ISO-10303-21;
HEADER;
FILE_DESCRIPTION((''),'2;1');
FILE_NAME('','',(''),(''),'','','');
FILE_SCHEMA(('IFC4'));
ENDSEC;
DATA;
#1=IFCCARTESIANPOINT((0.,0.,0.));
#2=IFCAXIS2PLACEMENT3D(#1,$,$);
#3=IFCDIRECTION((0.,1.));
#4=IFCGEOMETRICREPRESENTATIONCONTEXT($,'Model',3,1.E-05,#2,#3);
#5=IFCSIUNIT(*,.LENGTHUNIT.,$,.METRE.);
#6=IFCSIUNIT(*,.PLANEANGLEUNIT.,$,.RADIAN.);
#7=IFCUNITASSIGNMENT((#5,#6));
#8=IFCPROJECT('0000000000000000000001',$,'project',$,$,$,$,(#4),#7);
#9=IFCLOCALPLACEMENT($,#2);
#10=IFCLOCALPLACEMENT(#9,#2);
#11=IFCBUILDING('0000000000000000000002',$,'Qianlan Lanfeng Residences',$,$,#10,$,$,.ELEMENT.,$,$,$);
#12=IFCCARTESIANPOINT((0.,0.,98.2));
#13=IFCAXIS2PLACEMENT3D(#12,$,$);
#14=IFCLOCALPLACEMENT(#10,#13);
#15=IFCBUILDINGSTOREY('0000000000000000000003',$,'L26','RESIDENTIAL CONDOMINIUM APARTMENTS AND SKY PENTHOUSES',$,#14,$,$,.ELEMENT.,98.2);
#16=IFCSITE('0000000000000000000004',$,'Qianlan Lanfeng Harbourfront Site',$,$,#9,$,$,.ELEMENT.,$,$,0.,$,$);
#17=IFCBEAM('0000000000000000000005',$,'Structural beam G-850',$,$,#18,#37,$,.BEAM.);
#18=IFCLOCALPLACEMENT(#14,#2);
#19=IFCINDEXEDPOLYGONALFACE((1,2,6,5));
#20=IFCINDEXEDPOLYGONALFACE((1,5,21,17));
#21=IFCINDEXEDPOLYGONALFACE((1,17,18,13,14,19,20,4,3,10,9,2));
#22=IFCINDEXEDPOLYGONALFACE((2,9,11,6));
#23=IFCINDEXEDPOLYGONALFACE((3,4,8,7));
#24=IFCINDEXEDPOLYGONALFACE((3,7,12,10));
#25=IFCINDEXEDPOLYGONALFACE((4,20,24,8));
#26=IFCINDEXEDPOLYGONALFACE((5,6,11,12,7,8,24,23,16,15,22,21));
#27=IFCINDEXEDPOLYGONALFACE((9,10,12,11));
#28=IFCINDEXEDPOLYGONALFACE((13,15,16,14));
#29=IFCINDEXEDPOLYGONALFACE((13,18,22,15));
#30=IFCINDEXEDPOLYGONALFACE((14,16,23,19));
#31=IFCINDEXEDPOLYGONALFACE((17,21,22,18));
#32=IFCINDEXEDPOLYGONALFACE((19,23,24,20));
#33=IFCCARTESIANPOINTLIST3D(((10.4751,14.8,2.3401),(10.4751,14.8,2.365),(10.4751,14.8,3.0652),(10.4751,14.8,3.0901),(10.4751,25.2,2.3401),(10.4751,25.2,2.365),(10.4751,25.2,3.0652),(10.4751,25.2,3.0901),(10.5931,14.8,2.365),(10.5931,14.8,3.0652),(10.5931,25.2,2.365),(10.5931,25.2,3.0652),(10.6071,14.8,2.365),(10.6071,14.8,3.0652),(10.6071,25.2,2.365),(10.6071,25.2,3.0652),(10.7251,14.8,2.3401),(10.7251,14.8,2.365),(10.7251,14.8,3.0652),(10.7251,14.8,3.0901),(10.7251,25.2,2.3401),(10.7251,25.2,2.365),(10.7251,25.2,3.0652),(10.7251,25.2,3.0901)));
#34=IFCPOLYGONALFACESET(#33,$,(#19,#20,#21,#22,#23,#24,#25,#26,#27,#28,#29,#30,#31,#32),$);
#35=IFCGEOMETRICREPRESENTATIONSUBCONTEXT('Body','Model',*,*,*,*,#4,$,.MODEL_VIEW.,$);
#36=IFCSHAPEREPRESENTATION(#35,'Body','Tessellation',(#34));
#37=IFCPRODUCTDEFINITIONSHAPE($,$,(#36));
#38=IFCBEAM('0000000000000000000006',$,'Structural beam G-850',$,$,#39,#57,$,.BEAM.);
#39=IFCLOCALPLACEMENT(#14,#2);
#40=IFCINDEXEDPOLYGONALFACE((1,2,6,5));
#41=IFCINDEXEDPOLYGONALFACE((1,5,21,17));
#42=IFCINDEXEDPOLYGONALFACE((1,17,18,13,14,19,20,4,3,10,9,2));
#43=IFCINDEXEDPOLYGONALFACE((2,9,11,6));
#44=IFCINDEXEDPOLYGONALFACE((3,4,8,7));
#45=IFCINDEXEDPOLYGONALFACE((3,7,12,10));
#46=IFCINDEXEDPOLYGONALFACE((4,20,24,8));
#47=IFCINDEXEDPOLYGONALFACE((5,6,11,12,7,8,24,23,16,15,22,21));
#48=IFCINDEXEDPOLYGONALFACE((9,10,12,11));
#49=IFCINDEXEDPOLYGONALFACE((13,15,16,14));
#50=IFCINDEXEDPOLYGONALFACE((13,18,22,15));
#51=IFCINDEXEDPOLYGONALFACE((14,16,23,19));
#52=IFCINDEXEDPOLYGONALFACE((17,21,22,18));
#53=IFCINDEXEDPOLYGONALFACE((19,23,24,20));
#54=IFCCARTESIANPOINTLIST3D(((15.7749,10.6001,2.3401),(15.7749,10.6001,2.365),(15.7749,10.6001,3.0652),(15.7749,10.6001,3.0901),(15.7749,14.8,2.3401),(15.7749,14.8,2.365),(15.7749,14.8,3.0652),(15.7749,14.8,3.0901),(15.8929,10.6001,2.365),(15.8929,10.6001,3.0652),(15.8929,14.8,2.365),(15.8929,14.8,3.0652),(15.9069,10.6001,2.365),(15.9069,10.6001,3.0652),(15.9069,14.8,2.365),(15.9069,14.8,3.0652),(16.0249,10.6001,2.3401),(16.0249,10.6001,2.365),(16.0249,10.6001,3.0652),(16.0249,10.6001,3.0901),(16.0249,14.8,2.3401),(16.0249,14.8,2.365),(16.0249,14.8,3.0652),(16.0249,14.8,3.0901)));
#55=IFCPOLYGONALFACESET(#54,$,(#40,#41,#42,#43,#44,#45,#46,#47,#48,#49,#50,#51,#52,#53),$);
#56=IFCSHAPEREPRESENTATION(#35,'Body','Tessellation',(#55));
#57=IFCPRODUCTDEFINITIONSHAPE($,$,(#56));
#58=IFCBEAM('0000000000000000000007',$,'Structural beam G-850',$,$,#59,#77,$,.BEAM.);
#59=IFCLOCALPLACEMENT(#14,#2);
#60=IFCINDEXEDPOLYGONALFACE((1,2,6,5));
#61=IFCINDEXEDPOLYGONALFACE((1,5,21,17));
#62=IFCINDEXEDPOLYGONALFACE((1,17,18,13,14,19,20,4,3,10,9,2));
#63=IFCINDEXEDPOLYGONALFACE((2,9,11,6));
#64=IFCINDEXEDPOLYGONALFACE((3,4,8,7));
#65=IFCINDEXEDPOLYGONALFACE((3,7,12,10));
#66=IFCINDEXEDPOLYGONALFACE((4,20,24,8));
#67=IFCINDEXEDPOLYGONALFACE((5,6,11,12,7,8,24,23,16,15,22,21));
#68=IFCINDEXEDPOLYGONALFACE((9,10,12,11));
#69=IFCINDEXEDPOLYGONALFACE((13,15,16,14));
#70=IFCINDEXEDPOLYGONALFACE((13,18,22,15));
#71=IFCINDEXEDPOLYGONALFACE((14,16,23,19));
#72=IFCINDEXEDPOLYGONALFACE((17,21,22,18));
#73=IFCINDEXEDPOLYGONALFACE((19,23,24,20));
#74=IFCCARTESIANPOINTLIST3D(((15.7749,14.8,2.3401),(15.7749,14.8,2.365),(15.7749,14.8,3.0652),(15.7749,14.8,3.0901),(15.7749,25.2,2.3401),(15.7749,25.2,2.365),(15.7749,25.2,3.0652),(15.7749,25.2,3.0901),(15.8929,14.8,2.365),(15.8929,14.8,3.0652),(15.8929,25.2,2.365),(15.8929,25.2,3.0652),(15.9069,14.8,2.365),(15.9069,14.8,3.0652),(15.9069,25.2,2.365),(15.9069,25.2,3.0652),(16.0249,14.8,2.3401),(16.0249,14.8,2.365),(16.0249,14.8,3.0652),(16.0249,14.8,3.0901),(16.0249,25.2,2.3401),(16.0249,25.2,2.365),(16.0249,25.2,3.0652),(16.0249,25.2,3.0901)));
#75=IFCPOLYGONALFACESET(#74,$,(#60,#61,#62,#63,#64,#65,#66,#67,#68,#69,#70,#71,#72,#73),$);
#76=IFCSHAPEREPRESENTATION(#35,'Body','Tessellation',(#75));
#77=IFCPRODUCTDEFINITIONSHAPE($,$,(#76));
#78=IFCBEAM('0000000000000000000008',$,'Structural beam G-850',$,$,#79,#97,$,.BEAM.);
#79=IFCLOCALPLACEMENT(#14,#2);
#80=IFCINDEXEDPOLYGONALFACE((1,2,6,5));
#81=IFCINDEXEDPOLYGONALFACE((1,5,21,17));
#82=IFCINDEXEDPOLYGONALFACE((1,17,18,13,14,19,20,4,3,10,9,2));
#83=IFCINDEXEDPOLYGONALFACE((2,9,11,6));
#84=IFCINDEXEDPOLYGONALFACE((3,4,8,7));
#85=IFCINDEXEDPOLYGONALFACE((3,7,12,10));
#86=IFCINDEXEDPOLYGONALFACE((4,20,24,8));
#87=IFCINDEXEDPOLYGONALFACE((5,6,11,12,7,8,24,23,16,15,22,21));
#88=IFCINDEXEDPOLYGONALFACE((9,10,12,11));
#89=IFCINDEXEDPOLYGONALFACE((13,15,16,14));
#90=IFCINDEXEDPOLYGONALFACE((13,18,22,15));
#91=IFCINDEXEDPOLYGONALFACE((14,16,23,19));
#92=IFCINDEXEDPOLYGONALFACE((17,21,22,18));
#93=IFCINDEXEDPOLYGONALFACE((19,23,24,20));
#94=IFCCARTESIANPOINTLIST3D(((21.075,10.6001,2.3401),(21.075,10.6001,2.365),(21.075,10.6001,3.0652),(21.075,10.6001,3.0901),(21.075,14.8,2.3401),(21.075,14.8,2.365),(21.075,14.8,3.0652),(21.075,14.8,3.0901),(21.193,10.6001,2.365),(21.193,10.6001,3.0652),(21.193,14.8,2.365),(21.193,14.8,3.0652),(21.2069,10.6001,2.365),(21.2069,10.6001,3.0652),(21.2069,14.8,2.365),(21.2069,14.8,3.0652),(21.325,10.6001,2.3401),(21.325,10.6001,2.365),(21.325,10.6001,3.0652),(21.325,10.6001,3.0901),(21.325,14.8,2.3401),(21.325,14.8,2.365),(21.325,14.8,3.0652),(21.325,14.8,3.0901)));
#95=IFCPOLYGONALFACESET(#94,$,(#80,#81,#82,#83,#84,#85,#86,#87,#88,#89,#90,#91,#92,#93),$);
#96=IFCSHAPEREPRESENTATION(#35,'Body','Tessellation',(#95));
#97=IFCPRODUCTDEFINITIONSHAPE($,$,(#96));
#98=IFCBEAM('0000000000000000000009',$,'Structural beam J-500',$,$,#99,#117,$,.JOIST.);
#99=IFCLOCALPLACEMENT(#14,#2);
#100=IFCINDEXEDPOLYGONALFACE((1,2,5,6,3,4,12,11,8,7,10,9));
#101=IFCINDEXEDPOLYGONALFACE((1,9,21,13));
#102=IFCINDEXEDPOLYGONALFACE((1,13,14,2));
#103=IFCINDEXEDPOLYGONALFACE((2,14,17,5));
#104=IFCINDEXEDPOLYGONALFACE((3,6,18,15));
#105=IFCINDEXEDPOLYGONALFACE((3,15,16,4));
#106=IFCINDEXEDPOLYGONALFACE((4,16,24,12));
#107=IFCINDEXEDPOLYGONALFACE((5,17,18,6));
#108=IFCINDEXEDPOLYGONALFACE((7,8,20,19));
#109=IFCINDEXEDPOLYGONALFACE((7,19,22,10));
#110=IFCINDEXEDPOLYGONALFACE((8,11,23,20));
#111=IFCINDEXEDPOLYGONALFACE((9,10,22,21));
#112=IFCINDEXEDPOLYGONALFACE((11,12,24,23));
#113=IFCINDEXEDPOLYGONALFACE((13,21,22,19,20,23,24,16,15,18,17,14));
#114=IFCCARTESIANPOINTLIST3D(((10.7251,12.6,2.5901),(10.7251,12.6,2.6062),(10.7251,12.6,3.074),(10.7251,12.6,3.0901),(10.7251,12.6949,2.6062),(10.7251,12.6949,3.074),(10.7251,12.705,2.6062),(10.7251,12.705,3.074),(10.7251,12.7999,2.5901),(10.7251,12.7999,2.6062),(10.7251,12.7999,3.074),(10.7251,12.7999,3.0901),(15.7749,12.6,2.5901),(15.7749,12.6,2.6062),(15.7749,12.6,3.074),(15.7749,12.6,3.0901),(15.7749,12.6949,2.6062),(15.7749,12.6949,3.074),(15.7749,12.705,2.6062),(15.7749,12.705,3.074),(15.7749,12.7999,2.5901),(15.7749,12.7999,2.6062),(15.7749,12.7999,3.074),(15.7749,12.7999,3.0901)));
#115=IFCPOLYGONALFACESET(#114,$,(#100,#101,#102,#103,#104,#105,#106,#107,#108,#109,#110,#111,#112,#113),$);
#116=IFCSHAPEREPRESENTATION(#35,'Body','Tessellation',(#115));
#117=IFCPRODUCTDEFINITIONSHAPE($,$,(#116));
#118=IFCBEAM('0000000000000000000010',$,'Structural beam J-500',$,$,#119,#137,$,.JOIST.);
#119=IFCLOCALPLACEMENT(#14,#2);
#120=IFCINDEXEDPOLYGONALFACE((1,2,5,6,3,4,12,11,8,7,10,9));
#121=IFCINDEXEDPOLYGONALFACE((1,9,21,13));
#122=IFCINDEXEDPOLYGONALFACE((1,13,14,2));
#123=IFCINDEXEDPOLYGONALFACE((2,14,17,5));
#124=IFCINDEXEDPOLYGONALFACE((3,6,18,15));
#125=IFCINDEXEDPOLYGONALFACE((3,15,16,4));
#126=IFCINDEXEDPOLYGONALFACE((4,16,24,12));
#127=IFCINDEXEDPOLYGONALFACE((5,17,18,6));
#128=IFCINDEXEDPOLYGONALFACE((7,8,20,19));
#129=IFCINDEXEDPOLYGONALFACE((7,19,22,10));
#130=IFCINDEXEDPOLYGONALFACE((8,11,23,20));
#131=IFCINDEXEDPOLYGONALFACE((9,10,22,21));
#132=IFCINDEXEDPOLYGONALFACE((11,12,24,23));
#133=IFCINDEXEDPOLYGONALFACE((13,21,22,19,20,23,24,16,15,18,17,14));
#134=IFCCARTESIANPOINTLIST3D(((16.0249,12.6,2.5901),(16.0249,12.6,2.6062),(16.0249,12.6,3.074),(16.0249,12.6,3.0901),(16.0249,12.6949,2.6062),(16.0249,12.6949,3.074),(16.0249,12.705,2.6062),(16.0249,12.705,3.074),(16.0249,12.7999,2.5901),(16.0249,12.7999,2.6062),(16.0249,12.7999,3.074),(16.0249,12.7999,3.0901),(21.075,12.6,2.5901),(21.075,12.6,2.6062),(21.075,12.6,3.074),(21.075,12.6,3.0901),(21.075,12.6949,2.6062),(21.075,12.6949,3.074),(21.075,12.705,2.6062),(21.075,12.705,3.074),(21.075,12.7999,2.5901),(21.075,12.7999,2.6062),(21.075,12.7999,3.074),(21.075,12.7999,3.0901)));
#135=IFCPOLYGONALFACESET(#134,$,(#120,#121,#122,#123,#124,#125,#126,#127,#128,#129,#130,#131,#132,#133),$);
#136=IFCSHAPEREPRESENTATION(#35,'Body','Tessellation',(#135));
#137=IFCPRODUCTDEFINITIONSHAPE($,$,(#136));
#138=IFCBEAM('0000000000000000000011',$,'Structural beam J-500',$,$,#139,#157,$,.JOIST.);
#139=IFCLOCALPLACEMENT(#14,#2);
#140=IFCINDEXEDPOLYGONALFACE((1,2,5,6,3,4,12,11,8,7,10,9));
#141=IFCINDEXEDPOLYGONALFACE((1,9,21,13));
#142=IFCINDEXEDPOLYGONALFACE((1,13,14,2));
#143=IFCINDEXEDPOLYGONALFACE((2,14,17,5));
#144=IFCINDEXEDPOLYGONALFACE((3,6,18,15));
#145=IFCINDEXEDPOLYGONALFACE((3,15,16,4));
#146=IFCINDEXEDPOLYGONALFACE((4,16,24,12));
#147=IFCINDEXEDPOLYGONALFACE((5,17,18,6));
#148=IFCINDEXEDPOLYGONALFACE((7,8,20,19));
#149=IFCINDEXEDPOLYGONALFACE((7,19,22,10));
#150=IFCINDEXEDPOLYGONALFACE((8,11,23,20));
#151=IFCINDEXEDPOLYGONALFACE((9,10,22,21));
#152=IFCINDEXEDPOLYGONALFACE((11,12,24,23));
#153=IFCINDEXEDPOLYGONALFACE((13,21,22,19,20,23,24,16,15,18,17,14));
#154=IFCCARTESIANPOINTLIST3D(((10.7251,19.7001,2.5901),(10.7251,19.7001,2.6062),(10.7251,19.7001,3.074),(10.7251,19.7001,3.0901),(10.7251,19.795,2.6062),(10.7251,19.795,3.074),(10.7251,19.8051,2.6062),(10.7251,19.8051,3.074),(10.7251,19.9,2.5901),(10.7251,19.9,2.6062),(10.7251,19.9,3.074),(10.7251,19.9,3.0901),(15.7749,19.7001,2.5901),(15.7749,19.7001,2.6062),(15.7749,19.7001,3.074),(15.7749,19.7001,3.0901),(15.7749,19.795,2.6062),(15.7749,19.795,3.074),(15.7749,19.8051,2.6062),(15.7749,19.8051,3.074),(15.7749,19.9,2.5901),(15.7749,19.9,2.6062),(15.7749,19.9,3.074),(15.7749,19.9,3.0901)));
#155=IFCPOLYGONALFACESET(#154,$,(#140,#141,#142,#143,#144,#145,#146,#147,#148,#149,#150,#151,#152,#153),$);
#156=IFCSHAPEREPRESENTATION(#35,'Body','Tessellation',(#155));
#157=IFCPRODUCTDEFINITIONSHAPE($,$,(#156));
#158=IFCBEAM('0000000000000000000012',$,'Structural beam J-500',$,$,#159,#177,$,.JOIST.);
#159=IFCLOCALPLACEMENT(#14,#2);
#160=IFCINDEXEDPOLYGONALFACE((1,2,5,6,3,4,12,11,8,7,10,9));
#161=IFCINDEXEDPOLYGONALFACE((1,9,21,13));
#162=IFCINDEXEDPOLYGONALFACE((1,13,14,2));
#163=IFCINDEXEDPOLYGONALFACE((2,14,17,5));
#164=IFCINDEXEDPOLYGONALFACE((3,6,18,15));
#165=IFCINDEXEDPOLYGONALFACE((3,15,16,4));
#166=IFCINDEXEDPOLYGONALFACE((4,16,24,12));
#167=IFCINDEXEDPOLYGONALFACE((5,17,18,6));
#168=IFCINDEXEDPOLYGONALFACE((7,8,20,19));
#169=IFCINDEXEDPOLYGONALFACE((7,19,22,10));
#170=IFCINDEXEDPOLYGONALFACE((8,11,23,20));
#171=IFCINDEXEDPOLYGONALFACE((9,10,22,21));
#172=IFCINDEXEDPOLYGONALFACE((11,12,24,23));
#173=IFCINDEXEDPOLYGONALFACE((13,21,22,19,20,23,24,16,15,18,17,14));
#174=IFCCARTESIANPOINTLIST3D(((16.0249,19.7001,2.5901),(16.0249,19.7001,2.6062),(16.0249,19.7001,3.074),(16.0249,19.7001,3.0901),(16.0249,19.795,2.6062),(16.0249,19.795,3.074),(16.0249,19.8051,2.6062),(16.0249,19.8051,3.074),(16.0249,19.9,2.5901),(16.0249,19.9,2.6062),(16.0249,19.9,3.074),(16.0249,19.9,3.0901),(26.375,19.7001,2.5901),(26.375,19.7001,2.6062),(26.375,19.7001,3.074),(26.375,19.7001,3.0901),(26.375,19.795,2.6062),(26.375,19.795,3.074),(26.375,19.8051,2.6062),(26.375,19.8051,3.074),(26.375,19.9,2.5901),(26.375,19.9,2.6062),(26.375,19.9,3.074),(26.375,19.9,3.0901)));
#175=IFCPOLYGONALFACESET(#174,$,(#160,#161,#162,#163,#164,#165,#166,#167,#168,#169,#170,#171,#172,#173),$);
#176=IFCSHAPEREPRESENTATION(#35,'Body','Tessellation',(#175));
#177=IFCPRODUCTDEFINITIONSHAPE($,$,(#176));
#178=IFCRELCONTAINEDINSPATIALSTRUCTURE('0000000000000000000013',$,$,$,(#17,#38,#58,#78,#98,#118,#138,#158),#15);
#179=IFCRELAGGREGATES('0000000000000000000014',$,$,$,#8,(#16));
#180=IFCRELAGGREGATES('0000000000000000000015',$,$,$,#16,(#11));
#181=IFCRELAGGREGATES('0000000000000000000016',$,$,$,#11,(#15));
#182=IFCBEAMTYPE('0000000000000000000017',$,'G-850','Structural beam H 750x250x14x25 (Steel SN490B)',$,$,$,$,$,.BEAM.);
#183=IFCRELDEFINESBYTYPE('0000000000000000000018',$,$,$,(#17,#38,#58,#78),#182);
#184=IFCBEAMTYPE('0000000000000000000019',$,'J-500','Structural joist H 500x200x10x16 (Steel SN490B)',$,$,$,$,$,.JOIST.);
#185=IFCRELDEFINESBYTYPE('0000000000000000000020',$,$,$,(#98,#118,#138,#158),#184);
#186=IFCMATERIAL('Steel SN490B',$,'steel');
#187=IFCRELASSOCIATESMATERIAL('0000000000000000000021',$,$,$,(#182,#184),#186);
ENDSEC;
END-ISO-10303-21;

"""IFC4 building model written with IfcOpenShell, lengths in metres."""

from ifc_helpers import new_model, si_unit, direction, frame, origin, origin_2d, place, context, subcontext, project, spatial, i_section, extrude, material, material_profile, profile_set, type_object, element, save


model = new_model("IFC4")

# Units and contexts
model_context = context("Model", 3, precision=1e-05, world=origin(), true_north=direction((0.0, 1.0)))
body_context = subcontext(model_context, "Body", "Model", "MODEL_VIEW")
ifc_project = project(units=[si_unit("LENGTHUNIT", "METRE"), si_unit("PLANEANGLEUNIT", "RADIAN")], contexts=[model_context])

# Site, building, storey
site_placement = place(None, origin())
site = spatial("IfcSite", under=ifc_project, at=site_placement, Name="Qianlan Lanfeng Harbourfront Site", CompositionType="ELEMENT", RefElevation=0.0)
building_placement = place(site_placement, origin())
building = spatial("IfcBuilding", under=site, at=building_placement, Name="Qianlan Lanfeng Residences", CompositionType="ELEMENT")
storey_placement = place(building_placement, frame((0.0, 0.0, 98.2)))
storey = spatial("IfcBuildingStorey", under=building, at=storey_placement, Name="L26", Description="RESIDENTIAL CONDOMINIUM APARTMENTS AND SKY PENTHOUSES", CompositionType="ELEMENT", Elevation=98.2)

# Shared definitions
ifc_material_1 = material(Name="Steel SN490B", Category="steel")

# Beams
ifc_material_profile_1 = material_profile(ifc_material_1, i_section(OverallWidth=0.25, OverallDepth=0.75, WebThickness=0.0139, FlangeThickness=0.0249, at=origin_2d()), Name="H 750x250x14x25")
ifc_profile_set_1 = profile_set([ifc_material_profile_1], Name="Steel SN490B")
beam_type_1 = type_object("IfcBeamType", Name="G-850", Description="Structural beam H 750x250x14x25 (Steel SN490B)", PredefinedType="BEAM", material=ifc_profile_set_1)
beam_1_placement = place(storey_placement, frame((10.6001, 14.8, 2.7151), z_axis=(0.0, 1.0, 0.0), x_axis=(-1.0, 0.0, 0.0)))
element("IfcBeam", 1, at=beam_1_placement, inside=storey, type_object=beam_type_1, Name="Structural beam G-850", PredefinedType="BEAM", context=body_context, shape_type="SweptSolid", body=[
    extrude(i_section(OverallWidth=0.25, OverallDepth=0.75, WebThickness=0.0139, FlangeThickness=0.0249, at=origin_2d()), origin(), (0.0, 0.0, 1.0), 10.3999),
])
beam_2_placement = place(storey_placement, frame((15.8999, 10.6001, 2.7151), z_axis=(0.0, 1.0, 0.0), x_axis=(-1.0, 0.0, 0.0)))
element("IfcBeam", 2, at=beam_2_placement, inside=storey, type_object=beam_type_1, Name="Structural beam G-850", PredefinedType="BEAM", context=body_context, shape_type="SweptSolid", body=[
    extrude(i_section(OverallWidth=0.25, OverallDepth=0.75, WebThickness=0.0139, FlangeThickness=0.0249, at=origin_2d()), origin(), (0.0, 0.0, 1.0), 4.2),
])
beam_3_placement = place(storey_placement, frame((15.8999, 14.8, 2.7151), z_axis=(0.0, 1.0, 0.0), x_axis=(-1.0, 0.0, 0.0)))
element("IfcBeam", 3, at=beam_3_placement, inside=storey, type_object=beam_type_1, Name="Structural beam G-850", PredefinedType="BEAM", context=body_context, shape_type="SweptSolid", body=[
    extrude(i_section(OverallWidth=0.25, OverallDepth=0.75, WebThickness=0.0139, FlangeThickness=0.0249, at=origin_2d()), origin(), (0.0, 0.0, 1.0), 10.3999),
])
beam_4_placement = place(storey_placement, frame((21.2, 10.6001, 2.7151), z_axis=(0.0, 1.0, 0.0), x_axis=(-1.0, 0.0, 0.0)))
element("IfcBeam", 4, at=beam_4_placement, inside=storey, type_object=beam_type_1, Name="Structural beam G-850", PredefinedType="BEAM", context=body_context, shape_type="SweptSolid", body=[
    extrude(i_section(OverallWidth=0.25, OverallDepth=0.75, WebThickness=0.0139, FlangeThickness=0.0249, at=origin_2d()), origin(), (0.0, 0.0, 1.0), 4.2),
])
ifc_material_profile_2 = material_profile(ifc_material_1, i_section(OverallWidth=0.2, OverallDepth=0.5, WebThickness=0.01, FlangeThickness=0.0161, at=origin_2d()), Name="H 500x200x10x16")
ifc_profile_set_2 = profile_set([ifc_material_profile_2], Name="Steel SN490B")
beam_type_2 = type_object("IfcBeamType", Name="J-500", Description="Structural joist H 500x200x10x16 (Steel SN490B)", PredefinedType="JOIST", material=ifc_profile_set_2)
beam_5_placement = place(storey_placement, frame((10.7251, 12.7, 2.8401), z_axis=(1.0, 0.0, 0.0), x_axis=(0.0, 1.0, 0.0)))
element("IfcBeam", 5, at=beam_5_placement, inside=storey, type_object=beam_type_2, Name="Structural beam J-500", PredefinedType="JOIST", context=body_context, shape_type="SweptSolid", body=[
    extrude(i_section(OverallWidth=0.2, OverallDepth=0.5, WebThickness=0.01, FlangeThickness=0.0161, at=origin_2d()), origin(), (0.0, 0.0, 1.0), 5.0498),
])
beam_6_placement = place(storey_placement, frame((16.0249, 12.7, 2.8401), z_axis=(1.0, 0.0, 0.0), x_axis=(0.0, 1.0, 0.0)))
element("IfcBeam", 6, at=beam_6_placement, inside=storey, type_object=beam_type_2, Name="Structural beam J-500", PredefinedType="JOIST", context=body_context, shape_type="SweptSolid", body=[
    extrude(i_section(OverallWidth=0.2, OverallDepth=0.5, WebThickness=0.01, FlangeThickness=0.0161, at=origin_2d()), origin(), (0.0, 0.0, 1.0), 5.05),
])
beam_7_placement = place(storey_placement, frame((10.7251, 19.8, 2.8401), z_axis=(1.0, 0.0, 0.0), x_axis=(0.0, 1.0, 0.0)))
element("IfcBeam", 7, at=beam_7_placement, inside=storey, type_object=beam_type_2, Name="Structural beam J-500", PredefinedType="JOIST", context=body_context, shape_type="SweptSolid", body=[
    extrude(i_section(OverallWidth=0.2, OverallDepth=0.5, WebThickness=0.01, FlangeThickness=0.0161, at=origin_2d()), origin(), (0.0, 0.0, 1.0), 5.0498),
])
beam_8_placement = place(storey_placement, frame((16.0249, 19.8, 2.8401), z_axis=(1.0, 0.0, 0.0), x_axis=(0.0, 1.0, 0.0)))
element("IfcBeam", 8, at=beam_8_placement, inside=storey, type_object=beam_type_2, Name="Structural beam J-500", PredefinedType="JOIST", context=body_context, shape_type="SweptSolid", body=[
    extrude(i_section(OverallWidth=0.2, OverallDepth=0.5, WebThickness=0.01, FlangeThickness=0.0161, at=origin_2d()), origin(), (0.0, 0.0, 1.0), 10.3501),
])

save(model, "model.ifc")
